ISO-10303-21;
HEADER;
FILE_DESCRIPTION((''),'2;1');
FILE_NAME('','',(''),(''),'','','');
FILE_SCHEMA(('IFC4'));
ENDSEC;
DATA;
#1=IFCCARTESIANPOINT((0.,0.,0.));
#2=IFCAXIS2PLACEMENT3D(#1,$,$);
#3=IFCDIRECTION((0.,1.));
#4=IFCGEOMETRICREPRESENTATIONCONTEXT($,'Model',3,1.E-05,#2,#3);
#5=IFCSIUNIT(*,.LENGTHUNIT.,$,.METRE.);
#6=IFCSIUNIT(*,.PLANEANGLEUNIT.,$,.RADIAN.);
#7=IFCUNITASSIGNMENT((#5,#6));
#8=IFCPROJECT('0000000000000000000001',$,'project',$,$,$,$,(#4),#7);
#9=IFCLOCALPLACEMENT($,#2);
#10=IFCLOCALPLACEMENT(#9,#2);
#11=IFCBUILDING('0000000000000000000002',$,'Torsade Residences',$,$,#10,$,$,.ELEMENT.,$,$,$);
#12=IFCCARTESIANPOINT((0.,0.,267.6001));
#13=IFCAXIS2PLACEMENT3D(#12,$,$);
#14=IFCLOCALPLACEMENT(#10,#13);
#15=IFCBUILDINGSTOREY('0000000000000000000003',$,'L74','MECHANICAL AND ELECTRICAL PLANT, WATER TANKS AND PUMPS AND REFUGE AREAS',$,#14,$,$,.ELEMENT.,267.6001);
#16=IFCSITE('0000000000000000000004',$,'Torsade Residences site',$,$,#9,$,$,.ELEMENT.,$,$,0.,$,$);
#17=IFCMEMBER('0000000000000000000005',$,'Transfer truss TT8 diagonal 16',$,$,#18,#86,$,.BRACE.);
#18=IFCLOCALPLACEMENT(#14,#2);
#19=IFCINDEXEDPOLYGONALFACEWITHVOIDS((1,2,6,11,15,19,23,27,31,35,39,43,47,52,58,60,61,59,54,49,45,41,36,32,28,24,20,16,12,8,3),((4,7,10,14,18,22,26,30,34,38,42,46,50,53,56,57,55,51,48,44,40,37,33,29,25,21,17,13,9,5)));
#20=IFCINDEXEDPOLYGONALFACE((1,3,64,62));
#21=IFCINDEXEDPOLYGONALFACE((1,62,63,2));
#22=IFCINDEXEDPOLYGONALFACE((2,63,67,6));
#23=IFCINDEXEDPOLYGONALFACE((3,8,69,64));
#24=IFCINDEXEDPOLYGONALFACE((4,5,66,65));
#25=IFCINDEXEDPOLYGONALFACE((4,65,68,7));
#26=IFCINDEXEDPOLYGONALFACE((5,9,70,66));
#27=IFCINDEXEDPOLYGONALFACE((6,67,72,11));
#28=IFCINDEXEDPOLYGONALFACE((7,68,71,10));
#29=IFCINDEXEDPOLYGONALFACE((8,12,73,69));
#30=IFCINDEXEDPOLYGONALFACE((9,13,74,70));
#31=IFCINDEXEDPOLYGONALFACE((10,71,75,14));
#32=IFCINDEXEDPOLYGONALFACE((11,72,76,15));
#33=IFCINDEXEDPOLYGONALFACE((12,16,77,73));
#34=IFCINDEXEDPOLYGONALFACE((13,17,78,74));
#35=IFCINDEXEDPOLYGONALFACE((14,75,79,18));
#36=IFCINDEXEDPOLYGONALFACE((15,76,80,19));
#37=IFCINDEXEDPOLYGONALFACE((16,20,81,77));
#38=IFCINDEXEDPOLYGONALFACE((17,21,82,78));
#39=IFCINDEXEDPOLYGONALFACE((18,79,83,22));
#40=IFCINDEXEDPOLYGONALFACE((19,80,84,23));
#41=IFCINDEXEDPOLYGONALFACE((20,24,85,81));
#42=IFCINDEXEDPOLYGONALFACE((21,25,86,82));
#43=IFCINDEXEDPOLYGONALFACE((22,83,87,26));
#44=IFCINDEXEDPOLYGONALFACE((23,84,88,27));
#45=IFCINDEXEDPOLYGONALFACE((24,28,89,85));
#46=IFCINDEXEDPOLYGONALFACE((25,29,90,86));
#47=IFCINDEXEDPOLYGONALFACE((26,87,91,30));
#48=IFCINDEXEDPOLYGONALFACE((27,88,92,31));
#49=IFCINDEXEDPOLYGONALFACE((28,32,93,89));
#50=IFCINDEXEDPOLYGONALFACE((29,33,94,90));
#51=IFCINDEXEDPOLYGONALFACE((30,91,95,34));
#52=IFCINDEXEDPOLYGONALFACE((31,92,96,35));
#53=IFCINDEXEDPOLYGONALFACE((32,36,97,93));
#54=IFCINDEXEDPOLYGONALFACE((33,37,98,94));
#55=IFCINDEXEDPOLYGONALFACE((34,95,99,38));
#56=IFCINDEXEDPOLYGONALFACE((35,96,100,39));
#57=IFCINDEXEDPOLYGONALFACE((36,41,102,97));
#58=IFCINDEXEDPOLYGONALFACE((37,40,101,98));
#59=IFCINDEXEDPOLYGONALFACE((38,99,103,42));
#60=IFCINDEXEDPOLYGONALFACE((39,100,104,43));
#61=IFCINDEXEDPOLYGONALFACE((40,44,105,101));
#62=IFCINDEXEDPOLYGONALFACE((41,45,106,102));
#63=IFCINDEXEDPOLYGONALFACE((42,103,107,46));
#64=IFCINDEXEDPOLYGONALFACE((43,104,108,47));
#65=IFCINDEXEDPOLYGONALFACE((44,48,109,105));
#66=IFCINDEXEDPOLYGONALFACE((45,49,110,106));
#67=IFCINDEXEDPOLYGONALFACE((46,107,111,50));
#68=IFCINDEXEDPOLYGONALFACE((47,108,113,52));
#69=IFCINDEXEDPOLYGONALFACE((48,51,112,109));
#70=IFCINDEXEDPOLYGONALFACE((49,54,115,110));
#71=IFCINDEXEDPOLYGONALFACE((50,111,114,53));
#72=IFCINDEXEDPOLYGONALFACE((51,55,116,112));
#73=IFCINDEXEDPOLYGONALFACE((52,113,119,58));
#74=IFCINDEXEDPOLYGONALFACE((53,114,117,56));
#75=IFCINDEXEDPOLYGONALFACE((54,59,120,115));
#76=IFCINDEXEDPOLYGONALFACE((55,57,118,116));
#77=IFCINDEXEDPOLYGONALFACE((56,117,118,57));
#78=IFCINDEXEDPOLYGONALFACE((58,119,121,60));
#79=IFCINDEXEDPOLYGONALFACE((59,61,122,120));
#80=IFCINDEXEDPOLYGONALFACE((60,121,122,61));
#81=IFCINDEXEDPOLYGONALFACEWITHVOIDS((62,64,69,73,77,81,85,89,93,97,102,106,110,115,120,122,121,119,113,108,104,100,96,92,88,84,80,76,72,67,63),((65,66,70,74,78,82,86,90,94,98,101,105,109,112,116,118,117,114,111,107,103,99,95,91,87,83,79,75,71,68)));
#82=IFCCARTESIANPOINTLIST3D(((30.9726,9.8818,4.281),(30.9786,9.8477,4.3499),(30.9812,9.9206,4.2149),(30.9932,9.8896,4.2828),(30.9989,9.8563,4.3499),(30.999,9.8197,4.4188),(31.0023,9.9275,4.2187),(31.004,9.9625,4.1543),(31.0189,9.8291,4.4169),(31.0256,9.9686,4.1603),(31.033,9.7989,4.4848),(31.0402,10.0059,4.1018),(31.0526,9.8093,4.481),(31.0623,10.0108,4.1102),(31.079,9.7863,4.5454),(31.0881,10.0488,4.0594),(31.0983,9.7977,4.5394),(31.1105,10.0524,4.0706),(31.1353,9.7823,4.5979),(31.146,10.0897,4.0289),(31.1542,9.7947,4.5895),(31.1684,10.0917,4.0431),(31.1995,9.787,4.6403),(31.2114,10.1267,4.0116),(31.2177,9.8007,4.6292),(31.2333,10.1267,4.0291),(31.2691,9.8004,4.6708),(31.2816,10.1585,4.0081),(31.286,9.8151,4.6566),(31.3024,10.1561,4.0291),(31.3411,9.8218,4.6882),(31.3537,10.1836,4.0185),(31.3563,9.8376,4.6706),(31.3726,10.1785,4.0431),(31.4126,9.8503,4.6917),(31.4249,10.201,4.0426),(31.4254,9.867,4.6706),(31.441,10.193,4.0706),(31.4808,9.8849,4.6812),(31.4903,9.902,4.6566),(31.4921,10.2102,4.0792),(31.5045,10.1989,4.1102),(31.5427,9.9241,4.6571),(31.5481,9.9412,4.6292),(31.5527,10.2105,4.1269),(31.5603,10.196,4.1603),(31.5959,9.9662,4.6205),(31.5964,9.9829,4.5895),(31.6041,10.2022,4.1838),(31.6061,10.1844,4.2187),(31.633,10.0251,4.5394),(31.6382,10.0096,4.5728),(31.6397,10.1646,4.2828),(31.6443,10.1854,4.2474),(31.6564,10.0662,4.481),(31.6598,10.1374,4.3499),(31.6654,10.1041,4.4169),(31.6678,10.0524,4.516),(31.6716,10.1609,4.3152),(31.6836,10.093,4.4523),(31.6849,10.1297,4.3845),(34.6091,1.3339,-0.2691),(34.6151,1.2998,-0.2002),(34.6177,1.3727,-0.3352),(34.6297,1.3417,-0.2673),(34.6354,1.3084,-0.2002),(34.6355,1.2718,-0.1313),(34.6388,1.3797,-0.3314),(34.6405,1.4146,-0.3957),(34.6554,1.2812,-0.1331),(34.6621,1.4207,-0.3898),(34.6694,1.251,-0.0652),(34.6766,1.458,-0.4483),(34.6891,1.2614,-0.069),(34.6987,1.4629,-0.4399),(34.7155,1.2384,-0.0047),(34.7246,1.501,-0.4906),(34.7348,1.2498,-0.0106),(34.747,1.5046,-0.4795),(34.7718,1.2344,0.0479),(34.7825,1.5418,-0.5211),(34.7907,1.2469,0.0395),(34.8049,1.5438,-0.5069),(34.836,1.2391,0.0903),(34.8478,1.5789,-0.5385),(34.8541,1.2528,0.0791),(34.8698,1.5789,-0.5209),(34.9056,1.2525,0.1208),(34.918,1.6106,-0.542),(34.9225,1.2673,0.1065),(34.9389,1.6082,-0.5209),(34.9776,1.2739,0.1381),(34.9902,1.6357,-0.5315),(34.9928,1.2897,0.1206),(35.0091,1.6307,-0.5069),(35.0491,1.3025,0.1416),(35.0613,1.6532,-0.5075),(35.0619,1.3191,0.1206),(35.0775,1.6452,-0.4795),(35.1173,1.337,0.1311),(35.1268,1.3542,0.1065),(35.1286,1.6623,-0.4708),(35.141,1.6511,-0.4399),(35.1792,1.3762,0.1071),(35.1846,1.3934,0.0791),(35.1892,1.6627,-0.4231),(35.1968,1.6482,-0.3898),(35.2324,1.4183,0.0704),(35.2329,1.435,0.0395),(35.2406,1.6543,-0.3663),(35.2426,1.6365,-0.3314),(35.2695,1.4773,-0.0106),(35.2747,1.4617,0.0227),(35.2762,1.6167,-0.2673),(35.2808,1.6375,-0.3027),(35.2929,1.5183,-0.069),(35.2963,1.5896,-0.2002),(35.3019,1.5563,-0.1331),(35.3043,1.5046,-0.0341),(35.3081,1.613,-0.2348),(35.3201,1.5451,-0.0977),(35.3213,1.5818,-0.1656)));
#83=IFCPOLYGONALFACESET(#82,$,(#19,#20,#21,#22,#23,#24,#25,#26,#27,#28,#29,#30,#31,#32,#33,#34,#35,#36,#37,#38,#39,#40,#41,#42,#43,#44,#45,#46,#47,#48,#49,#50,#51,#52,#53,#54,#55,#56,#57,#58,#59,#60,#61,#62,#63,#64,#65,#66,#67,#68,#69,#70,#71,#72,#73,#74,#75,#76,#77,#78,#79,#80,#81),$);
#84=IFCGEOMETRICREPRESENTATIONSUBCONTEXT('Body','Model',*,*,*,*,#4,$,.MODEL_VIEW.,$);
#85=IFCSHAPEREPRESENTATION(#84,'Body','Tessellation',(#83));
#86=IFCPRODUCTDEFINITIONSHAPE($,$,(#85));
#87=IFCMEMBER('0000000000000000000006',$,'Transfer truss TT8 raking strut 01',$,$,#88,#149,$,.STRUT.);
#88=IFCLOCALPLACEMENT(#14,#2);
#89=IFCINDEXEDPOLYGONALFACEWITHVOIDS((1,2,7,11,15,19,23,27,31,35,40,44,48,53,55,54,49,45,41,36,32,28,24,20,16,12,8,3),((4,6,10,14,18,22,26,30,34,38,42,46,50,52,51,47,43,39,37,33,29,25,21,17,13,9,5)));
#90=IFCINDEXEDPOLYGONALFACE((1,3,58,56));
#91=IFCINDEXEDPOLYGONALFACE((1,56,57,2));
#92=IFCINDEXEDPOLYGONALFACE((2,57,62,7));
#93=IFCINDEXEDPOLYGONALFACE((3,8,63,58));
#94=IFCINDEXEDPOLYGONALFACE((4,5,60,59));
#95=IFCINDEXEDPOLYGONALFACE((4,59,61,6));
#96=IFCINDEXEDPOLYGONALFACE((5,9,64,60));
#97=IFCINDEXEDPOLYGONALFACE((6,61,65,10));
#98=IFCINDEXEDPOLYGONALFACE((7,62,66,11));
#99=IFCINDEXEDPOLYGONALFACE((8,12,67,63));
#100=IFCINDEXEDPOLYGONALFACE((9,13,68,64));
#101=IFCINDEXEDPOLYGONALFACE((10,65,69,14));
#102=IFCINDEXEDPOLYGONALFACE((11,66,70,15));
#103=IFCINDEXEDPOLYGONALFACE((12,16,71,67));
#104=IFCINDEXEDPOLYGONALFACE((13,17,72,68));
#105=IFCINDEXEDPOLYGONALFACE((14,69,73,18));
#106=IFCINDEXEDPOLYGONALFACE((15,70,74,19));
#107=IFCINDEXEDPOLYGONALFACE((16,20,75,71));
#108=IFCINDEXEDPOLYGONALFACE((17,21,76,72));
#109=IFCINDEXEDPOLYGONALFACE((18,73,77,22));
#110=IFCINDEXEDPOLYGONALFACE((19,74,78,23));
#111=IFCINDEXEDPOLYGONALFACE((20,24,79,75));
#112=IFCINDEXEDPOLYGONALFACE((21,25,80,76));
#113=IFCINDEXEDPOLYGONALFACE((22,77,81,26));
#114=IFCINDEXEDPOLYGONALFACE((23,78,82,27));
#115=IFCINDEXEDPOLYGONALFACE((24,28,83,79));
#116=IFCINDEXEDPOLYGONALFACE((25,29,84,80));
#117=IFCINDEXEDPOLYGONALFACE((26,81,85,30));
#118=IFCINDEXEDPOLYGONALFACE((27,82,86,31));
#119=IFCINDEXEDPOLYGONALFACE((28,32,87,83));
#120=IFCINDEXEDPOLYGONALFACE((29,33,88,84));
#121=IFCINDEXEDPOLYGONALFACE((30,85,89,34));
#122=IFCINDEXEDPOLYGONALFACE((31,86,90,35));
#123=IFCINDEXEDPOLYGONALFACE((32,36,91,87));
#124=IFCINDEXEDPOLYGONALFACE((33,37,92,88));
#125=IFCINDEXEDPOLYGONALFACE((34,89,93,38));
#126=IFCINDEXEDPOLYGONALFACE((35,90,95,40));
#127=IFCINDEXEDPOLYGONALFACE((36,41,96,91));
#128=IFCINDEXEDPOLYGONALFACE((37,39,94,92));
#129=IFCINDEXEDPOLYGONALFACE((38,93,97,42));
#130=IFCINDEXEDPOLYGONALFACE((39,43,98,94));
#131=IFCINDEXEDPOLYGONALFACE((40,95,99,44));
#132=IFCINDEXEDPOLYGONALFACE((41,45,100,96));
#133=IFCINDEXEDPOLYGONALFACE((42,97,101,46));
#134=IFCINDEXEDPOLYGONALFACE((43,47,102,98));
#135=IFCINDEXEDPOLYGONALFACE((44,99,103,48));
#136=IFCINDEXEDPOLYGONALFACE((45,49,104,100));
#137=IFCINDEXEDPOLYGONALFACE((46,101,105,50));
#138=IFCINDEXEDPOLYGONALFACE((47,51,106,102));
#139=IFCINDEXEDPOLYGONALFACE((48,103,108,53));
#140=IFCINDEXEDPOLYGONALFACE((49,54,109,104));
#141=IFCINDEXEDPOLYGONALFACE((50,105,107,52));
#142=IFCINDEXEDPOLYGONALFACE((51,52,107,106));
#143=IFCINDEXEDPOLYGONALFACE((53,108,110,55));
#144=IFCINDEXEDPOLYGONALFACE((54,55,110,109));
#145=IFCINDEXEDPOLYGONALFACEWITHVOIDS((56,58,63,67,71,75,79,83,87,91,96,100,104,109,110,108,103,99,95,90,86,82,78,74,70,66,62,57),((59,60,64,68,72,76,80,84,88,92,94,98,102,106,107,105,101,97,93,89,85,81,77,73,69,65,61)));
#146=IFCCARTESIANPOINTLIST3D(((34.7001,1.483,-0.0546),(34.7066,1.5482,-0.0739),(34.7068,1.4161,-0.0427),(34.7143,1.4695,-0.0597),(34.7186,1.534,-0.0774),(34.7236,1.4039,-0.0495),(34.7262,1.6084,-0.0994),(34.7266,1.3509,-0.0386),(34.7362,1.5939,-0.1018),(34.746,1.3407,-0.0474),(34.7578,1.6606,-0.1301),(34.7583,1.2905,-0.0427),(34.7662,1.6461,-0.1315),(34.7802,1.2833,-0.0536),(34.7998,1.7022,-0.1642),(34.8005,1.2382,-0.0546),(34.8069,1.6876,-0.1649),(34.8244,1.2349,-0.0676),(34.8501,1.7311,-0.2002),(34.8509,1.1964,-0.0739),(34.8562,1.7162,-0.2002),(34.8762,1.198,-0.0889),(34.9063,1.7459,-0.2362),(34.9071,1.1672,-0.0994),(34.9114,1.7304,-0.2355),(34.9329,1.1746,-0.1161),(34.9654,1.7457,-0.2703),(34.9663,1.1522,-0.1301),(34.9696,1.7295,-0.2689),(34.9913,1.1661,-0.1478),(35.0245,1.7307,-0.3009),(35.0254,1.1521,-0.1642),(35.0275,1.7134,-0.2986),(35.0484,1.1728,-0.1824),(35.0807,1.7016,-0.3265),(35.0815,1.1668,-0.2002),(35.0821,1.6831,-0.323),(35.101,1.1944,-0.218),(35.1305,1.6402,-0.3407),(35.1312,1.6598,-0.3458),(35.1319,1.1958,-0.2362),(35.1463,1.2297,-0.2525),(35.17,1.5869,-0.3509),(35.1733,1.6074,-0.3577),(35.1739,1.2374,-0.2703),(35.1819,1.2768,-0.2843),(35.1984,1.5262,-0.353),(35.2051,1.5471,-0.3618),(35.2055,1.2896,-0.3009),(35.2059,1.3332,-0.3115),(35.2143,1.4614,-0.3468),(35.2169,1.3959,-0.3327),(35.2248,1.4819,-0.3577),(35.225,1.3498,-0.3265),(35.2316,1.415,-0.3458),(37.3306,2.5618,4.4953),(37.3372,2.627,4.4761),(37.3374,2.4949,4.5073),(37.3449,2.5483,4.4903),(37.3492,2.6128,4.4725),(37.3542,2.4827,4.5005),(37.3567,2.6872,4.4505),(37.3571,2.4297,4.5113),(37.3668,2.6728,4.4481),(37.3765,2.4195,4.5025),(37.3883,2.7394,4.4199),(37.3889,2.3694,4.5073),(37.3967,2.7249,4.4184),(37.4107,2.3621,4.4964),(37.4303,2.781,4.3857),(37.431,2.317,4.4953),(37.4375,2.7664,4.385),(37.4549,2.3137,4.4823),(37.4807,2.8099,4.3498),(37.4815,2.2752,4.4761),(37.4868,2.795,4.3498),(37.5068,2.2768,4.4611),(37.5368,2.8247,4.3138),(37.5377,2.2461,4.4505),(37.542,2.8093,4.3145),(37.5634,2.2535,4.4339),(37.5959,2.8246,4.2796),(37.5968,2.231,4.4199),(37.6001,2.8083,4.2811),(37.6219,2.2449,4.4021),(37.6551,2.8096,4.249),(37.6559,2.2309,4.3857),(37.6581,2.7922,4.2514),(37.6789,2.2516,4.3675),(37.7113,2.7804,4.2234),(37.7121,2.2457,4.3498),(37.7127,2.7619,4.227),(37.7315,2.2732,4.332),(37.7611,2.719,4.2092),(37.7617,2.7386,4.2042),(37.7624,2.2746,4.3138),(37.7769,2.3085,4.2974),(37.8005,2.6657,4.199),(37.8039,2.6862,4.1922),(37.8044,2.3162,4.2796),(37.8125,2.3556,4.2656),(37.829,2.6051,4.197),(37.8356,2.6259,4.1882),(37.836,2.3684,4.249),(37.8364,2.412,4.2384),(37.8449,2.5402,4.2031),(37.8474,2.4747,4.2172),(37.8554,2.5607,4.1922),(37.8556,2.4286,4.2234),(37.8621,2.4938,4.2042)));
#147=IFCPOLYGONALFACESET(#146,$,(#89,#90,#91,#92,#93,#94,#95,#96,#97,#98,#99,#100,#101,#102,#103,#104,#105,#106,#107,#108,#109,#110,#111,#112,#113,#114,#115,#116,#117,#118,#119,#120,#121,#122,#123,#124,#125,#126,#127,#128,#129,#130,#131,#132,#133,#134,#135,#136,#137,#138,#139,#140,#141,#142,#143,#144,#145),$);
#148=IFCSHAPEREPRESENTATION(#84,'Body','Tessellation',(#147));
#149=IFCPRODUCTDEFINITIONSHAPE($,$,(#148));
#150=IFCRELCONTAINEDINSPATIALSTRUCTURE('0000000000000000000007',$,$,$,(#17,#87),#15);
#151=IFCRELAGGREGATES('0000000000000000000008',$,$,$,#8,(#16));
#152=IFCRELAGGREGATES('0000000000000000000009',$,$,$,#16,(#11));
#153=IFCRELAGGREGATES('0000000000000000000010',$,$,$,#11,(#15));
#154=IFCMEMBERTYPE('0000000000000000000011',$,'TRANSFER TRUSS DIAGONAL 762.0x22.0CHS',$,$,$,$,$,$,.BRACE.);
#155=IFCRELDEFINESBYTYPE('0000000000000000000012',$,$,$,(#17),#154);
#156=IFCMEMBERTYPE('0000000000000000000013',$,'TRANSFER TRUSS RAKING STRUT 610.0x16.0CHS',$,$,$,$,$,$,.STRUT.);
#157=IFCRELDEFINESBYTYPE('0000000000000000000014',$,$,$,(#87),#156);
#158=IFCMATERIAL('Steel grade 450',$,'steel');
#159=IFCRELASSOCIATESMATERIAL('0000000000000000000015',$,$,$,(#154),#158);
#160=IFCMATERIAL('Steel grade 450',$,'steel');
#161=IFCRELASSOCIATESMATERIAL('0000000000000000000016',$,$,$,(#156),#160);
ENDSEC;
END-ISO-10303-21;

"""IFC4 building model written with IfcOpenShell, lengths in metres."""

from ifc_helpers import new_model, si_unit, direction, frame, origin, origin_2d, place, context, subcontext, project, spatial, hollow_circle, extrude, material, material_profile, profile_set, type_object, element, save


model = new_model("IFC4")

# Units and contexts
model_context = context("Model", 3, precision=1e-05, world=origin(), true_north=direction((0.0, 1.0)))
body_context = subcontext(model_context, "Body", "Model", "MODEL_VIEW")
ifc_project = project(units=[si_unit("LENGTHUNIT", "METRE"), si_unit("PLANEANGLEUNIT", "RADIAN")], contexts=[model_context])

# Site, building, storey
site_placement = place(None, origin())
site = spatial("IfcSite", under=ifc_project, at=site_placement, Name="Torsade Residences site", CompositionType="ELEMENT", RefElevation=0.0)
building_placement = place(site_placement, origin())
building = spatial("IfcBuilding", under=site, at=building_placement, Name="Torsade Residences", CompositionType="ELEMENT")
storey_placement = place(building_placement, frame((0.0, 0.0, 267.6001)))
storey = spatial("IfcBuildingStorey", under=building, at=storey_placement, Name="L74", Description="MECHANICAL AND ELECTRICAL PLANT, WATER TANKS AND PUMPS AND REFUGE AREAS", CompositionType="ELEMENT", Elevation=267.6001)

# Members
ifc_material_1 = material(Name="Steel grade 450", Category="steel")
ifc_material_profile_1 = material_profile(ifc_material_1, hollow_circle(Radius=0.3811, WallThickness=0.022, at=origin_2d()), Name="762.0x22.0CHS")
ifc_profile_set_1 = profile_set([ifc_material_profile_1], Name="Steel grade 450")
member_type_1 = type_object("IfcMemberType", Name="TRANSFER TRUSS DIAGONAL 762.0x22.0CHS", PredefinedType="BRACE", material=ifc_profile_set_1)
member_1_placement = place(storey_placement, frame((34.9658, 1.449, -0.2002), z_axis=(-0.351563, 0.82638, 0.439885), x_axis=(-0.92019, -0.391472, 0.0)))
element("IfcMember", 1, at=member_1_placement, inside=storey, type_object=member_type_1, Name="Transfer truss TT8 diagonal 16", PredefinedType="BRACE", context=body_context, shape_type="SweptSolid", body=[
    extrude(hollow_circle(Radius=0.3811, WallThickness=0.022, at=origin_2d()), origin(), (0.0, 0.0, 1.0), 10.3438),
])
ifc_material_2 = material(Name="Steel grade 450", Category="steel")
ifc_material_profile_2 = material_profile(ifc_material_2, hollow_circle(Radius=0.3049, WallThickness=0.0161, at=origin_2d()), Name="610.0x16.0CHS")
ifc_profile_set_2 = profile_set([ifc_material_profile_2], Name="Steel grade 450")
member_type_2 = type_object("IfcMemberType", Name="TRANSFER TRUSS RAKING STRUT 610.0x16.0CHS", PredefinedType="STRUT", material=ifc_profile_set_2)
member_2_placement = place(storey_placement, frame((34.9658, 1.449, -0.2002), z_axis=(0.490297, 0.201079, 0.848043), x_axis=(-0.379445, 0.925214, 0.0)))
element("IfcMember", 2, at=member_2_placement, inside=storey, type_object=member_type_2, Name="Transfer truss TT8 raking strut 01", PredefinedType="STRUT", context=body_context, shape_type="SweptSolid", body=[
    extrude(hollow_circle(Radius=0.3049, WallThickness=0.0161, at=origin_2d()), origin(), (0.0, 0.0, 1.0), 5.3652),
])

save(model, "model.ifc")
